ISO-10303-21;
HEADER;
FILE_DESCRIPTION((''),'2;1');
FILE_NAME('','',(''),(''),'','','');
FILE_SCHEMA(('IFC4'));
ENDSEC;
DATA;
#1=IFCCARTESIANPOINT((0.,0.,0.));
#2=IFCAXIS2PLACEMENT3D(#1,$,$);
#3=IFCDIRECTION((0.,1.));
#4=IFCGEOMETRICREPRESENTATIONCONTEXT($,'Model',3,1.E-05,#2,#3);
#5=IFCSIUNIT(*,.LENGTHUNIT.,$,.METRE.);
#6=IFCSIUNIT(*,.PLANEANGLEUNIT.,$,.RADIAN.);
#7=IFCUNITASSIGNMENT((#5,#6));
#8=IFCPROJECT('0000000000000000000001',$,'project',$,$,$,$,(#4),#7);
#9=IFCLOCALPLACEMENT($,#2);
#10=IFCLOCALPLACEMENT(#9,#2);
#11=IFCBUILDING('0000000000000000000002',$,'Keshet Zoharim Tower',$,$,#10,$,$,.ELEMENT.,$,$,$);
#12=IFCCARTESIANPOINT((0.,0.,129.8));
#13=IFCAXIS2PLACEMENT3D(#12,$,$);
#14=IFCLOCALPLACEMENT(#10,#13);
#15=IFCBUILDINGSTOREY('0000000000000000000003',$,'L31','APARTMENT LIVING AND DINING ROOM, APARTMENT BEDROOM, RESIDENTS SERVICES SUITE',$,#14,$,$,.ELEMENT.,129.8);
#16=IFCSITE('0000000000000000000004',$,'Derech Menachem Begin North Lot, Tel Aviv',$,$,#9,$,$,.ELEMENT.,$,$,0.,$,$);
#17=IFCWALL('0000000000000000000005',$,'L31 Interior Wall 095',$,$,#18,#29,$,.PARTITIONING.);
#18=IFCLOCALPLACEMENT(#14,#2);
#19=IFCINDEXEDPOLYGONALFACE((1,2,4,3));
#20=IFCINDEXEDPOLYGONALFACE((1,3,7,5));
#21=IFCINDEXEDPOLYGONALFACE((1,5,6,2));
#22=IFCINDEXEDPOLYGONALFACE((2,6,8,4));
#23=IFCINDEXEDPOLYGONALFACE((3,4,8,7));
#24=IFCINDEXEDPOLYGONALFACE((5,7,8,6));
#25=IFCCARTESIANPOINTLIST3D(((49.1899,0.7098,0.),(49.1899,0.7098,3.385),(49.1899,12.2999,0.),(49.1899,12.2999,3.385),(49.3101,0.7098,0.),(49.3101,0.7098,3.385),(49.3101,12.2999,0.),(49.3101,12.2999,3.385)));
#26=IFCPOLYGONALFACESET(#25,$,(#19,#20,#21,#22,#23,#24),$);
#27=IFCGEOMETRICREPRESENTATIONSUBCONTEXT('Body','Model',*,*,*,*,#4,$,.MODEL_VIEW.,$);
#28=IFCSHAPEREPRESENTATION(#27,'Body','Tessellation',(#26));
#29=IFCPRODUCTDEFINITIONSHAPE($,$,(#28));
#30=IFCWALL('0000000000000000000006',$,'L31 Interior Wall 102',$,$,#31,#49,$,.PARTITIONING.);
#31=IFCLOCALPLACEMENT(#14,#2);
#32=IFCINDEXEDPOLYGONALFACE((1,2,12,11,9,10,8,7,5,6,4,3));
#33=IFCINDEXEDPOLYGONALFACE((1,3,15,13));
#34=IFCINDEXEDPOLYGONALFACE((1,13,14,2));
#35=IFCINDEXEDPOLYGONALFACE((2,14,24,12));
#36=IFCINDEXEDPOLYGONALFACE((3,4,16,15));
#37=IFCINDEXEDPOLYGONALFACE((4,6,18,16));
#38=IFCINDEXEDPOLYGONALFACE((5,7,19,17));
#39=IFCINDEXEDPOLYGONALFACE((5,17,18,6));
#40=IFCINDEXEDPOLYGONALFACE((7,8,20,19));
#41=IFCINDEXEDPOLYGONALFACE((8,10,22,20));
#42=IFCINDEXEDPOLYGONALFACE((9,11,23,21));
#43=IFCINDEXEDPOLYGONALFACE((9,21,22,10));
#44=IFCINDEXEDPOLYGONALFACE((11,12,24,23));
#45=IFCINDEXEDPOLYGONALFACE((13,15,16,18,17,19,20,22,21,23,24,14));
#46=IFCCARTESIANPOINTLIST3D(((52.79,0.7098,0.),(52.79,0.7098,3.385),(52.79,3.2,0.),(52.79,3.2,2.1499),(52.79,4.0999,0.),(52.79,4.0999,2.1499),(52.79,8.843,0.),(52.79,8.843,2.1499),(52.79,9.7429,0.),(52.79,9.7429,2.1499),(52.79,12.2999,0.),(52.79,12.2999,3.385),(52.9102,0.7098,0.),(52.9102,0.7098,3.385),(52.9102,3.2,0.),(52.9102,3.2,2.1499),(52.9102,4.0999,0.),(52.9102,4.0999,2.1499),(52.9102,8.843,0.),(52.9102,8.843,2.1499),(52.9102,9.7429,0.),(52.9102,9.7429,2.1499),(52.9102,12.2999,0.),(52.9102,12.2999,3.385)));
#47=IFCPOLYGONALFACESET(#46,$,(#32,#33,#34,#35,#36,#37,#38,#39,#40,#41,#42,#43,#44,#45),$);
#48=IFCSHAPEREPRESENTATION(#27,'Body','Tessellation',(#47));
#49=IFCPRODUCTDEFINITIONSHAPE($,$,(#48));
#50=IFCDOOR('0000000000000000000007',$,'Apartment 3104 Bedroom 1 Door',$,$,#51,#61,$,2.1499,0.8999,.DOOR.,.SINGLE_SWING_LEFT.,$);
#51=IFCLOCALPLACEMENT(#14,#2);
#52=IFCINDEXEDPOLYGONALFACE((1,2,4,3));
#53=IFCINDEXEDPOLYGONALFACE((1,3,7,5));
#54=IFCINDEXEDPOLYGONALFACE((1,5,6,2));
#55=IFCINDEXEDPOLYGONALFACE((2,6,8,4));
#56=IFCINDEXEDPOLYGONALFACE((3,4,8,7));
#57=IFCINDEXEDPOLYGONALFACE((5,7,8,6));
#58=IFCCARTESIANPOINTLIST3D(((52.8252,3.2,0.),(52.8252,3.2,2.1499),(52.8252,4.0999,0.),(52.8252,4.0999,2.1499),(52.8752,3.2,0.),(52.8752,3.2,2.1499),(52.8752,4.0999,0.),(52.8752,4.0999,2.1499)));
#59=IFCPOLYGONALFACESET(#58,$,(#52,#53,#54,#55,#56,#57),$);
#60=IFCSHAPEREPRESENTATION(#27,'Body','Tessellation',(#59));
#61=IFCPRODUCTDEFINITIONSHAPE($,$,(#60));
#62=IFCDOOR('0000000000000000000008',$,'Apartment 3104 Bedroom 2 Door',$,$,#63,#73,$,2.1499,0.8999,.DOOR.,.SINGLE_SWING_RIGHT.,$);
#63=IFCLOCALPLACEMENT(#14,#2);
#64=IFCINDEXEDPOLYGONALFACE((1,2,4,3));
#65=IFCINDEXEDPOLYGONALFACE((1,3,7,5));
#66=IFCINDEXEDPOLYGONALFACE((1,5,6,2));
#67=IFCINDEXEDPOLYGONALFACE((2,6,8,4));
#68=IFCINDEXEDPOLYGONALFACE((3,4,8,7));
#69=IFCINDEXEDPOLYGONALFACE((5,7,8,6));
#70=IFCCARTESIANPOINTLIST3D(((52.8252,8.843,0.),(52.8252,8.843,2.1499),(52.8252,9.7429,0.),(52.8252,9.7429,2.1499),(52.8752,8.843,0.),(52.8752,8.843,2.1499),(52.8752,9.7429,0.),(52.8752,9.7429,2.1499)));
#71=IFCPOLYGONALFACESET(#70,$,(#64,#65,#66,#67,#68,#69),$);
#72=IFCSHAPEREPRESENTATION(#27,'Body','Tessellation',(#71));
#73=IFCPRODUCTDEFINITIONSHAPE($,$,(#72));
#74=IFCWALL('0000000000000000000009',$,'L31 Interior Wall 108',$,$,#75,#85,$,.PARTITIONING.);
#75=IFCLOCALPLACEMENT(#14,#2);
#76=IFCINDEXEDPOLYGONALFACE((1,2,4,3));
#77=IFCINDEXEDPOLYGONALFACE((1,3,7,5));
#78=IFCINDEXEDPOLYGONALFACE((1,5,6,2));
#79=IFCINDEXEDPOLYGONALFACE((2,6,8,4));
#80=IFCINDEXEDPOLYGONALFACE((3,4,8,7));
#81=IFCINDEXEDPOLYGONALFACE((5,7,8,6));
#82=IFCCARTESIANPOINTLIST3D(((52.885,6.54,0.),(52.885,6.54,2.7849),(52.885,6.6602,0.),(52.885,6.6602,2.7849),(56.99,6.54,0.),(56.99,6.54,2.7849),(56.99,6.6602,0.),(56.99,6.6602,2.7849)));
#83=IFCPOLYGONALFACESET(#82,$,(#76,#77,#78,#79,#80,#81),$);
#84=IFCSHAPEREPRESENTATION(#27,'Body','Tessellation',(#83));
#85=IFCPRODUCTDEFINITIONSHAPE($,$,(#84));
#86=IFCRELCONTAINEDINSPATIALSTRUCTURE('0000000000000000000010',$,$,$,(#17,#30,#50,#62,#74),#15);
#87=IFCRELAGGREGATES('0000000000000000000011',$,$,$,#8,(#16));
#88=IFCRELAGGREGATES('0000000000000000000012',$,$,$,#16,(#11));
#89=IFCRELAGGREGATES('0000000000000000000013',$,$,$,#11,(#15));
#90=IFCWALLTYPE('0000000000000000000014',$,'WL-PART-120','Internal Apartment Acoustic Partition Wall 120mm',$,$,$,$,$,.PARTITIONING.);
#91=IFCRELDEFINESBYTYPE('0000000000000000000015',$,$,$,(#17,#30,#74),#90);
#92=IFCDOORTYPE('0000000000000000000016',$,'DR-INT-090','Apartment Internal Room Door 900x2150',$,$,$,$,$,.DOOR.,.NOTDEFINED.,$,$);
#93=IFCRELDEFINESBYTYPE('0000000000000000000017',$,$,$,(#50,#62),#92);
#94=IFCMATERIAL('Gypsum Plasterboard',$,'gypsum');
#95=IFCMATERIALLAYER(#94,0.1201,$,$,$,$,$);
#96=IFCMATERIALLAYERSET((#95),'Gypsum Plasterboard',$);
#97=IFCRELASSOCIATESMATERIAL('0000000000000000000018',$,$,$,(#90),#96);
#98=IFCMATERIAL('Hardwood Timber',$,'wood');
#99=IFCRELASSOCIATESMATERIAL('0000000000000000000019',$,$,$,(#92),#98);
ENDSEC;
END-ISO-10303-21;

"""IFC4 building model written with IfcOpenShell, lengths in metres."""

from ifc_helpers import new_model, si_unit, direction, frame, frame_2d, origin, place, context, subcontext, project, spatial, rectangle, extrude, material, layer, layer_set, type_object, element, fill, save


model = new_model("IFC4")

# Units and contexts
model_context = context("Model", 3, precision=1e-05, world=origin(), true_north=direction((0.0, 1.0)))
body_context = subcontext(model_context, "Body", "Model", "MODEL_VIEW")
ifc_project = project(units=[si_unit("LENGTHUNIT", "METRE"), si_unit("PLANEANGLEUNIT", "RADIAN")], contexts=[model_context])

# Site, building, storey
site_placement = place(None, origin())
site = spatial("IfcSite", under=ifc_project, at=site_placement, Name="Derech Menachem Begin North Lot, Tel Aviv", CompositionType="ELEMENT", RefElevation=0.0)
building_placement = place(site_placement, origin())
building = spatial("IfcBuilding", under=site, at=building_placement, Name="Keshet Zoharim Tower", CompositionType="ELEMENT")
storey_placement = place(building_placement, frame((0.0, 0.0, 129.8)))
storey = spatial("IfcBuildingStorey", under=building, at=storey_placement, Name="L31", Description="APARTMENT LIVING AND DINING ROOM, APARTMENT BEDROOM, RESIDENTS SERVICES SUITE", CompositionType="ELEMENT", Elevation=129.8)

# Wall
ifc_material_1 = material(Name="Gypsum Plasterboard", Category="gypsum")
ifc_layer_1 = layer(ifc_material_1, 0.1201)
ifc_layer_set_1 = layer_set([ifc_layer_1], Name="Gypsum Plasterboard")
wall_type = type_object("IfcWallType", Name="WL-PART-120", Description="Internal Apartment Acoustic Partition Wall 120mm", PredefinedType="PARTITIONING", material=ifc_layer_set_1)
wall_1_placement = place(storey_placement, frame((49.25, 0.71, 0.0), z_axis=(0.0, 0.0, 1.0), x_axis=(0.0, 1.0, 0.0)))
element("IfcWall", 1, at=wall_1_placement, inside=storey, type_object=wall_type, Name="L31 Interior Wall 095", PredefinedType="PARTITIONING", context=body_context, shape_type="SweptSolid", body=[
    extrude(rectangle(XDim=11.5901, YDim=0.1201, at=frame_2d((5.7949, 0.0))), origin(), (0.0, 0.0, 1.0), 3.385),
])

# Wall, openings, doors
wall_2_placement = place(storey_placement, frame((52.8501, 0.71, 0.0), z_axis=(0.0, 0.0, 1.0), x_axis=(0.0, 1.0, 0.0)))
wall_2 = element("IfcWall", 2, at=wall_2_placement, inside=storey, type_object=wall_type, Name="L31 Interior Wall 102", PredefinedType="PARTITIONING", context=body_context, shape_type="SweptSolid", body=[
    extrude(rectangle(XDim=11.5901, YDim=0.1201, at=frame_2d((5.7949, 0.0))), origin(), (0.0, 0.0, 1.0), 3.385),
])
opening_1_placement = place(wall_2_placement, frame((2.49, 0.0, 0.0)))
opening_1 = element("IfcOpeningElement", 3, at=opening_1_placement, cuts=wall_2, PredefinedType="OPENING", context=body_context, shape_type="SweptSolid", body=[
    extrude(rectangle(XDim=0.8999, YDim=2.1499, at=frame_2d((0.45, 1.075))), frame((0.0, 0.0701, 0.0), z_axis=(0.0, -1.0, 0.0), x_axis=(1.0, 0.0, 0.0)), (0.0, 0.0, 1.0), 0.1401),
])
opening_2_placement = place(wall_2_placement, frame((8.1331, 0.0, 0.0)))
opening_2 = element("IfcOpeningElement", 4, at=opening_2_placement, cuts=wall_2, PredefinedType="OPENING", context=body_context, shape_type="SweptSolid", body=[
    extrude(rectangle(XDim=0.8999, YDim=2.1499, at=frame_2d((0.45, 1.075))), frame((0.0, 0.0701, 0.0), z_axis=(0.0, -1.0, 0.0), x_axis=(1.0, 0.0, 0.0)), (0.0, 0.0, 1.0), 0.1401),
])
ifc_material_2 = material(Name="Hardwood Timber", Category="wood")
door_type = type_object("IfcDoorType", Name="DR-INT-090", Description="Apartment Internal Room Door 900x2150", OperationType="NOTDEFINED", PredefinedType="DOOR", material=ifc_material_2)
door_1_placement = place(opening_1_placement, origin())
door_1 = element("IfcDoor", 5, at=door_1_placement, inside=storey, type_object=door_type, Name="Apartment 3104 Bedroom 1 Door", OperationType="SINGLE_SWING_LEFT", OverallHeight=2.1499, OverallWidth=0.8999, PredefinedType="DOOR", context=body_context, shape_type="SweptSolid", body=[
    extrude(rectangle(XDim=0.8999, YDim=2.1499, at=frame_2d((0.45, 1.075))), frame((0.0, 0.0249, 0.0), z_axis=(0.0, -1.0, 0.0), x_axis=(1.0, 0.0, 0.0)), (0.0, 0.0, 1.0), 0.05),
])
fill(opening_1, door_1)
door_2_placement = place(opening_2_placement, origin())
door_2 = element("IfcDoor", 6, at=door_2_placement, inside=storey, type_object=door_type, Name="Apartment 3104 Bedroom 2 Door", OperationType="SINGLE_SWING_RIGHT", OverallHeight=2.1499, OverallWidth=0.8999, PredefinedType="DOOR", context=body_context, shape_type="SweptSolid", body=[
    extrude(rectangle(XDim=0.8999, YDim=2.1499, at=frame_2d((0.45, 1.075))), frame((0.0, 0.0249, 0.0), z_axis=(0.0, -1.0, 0.0), x_axis=(1.0, 0.0, 0.0)), (0.0, 0.0, 1.0), 0.05),
])
fill(opening_2, door_2)

# Wall
wall_3_placement = place(storey_placement, frame((52.885, 6.6001, 0.0), z_axis=(0.0, 0.0, 1.0), x_axis=(1.0, 0.0, 0.0)))
element("IfcWall", 7, at=wall_3_placement, inside=storey, type_object=wall_type, Name="L31 Interior Wall 108", PredefinedType="PARTITIONING", context=body_context, shape_type="SweptSolid", body=[
    extrude(rectangle(XDim=4.105, YDim=0.1201, at=frame_2d((2.0525, 0.0))), origin(), (0.0, 0.0, 1.0), 2.7849),
])

save(model, "model.ifc")
